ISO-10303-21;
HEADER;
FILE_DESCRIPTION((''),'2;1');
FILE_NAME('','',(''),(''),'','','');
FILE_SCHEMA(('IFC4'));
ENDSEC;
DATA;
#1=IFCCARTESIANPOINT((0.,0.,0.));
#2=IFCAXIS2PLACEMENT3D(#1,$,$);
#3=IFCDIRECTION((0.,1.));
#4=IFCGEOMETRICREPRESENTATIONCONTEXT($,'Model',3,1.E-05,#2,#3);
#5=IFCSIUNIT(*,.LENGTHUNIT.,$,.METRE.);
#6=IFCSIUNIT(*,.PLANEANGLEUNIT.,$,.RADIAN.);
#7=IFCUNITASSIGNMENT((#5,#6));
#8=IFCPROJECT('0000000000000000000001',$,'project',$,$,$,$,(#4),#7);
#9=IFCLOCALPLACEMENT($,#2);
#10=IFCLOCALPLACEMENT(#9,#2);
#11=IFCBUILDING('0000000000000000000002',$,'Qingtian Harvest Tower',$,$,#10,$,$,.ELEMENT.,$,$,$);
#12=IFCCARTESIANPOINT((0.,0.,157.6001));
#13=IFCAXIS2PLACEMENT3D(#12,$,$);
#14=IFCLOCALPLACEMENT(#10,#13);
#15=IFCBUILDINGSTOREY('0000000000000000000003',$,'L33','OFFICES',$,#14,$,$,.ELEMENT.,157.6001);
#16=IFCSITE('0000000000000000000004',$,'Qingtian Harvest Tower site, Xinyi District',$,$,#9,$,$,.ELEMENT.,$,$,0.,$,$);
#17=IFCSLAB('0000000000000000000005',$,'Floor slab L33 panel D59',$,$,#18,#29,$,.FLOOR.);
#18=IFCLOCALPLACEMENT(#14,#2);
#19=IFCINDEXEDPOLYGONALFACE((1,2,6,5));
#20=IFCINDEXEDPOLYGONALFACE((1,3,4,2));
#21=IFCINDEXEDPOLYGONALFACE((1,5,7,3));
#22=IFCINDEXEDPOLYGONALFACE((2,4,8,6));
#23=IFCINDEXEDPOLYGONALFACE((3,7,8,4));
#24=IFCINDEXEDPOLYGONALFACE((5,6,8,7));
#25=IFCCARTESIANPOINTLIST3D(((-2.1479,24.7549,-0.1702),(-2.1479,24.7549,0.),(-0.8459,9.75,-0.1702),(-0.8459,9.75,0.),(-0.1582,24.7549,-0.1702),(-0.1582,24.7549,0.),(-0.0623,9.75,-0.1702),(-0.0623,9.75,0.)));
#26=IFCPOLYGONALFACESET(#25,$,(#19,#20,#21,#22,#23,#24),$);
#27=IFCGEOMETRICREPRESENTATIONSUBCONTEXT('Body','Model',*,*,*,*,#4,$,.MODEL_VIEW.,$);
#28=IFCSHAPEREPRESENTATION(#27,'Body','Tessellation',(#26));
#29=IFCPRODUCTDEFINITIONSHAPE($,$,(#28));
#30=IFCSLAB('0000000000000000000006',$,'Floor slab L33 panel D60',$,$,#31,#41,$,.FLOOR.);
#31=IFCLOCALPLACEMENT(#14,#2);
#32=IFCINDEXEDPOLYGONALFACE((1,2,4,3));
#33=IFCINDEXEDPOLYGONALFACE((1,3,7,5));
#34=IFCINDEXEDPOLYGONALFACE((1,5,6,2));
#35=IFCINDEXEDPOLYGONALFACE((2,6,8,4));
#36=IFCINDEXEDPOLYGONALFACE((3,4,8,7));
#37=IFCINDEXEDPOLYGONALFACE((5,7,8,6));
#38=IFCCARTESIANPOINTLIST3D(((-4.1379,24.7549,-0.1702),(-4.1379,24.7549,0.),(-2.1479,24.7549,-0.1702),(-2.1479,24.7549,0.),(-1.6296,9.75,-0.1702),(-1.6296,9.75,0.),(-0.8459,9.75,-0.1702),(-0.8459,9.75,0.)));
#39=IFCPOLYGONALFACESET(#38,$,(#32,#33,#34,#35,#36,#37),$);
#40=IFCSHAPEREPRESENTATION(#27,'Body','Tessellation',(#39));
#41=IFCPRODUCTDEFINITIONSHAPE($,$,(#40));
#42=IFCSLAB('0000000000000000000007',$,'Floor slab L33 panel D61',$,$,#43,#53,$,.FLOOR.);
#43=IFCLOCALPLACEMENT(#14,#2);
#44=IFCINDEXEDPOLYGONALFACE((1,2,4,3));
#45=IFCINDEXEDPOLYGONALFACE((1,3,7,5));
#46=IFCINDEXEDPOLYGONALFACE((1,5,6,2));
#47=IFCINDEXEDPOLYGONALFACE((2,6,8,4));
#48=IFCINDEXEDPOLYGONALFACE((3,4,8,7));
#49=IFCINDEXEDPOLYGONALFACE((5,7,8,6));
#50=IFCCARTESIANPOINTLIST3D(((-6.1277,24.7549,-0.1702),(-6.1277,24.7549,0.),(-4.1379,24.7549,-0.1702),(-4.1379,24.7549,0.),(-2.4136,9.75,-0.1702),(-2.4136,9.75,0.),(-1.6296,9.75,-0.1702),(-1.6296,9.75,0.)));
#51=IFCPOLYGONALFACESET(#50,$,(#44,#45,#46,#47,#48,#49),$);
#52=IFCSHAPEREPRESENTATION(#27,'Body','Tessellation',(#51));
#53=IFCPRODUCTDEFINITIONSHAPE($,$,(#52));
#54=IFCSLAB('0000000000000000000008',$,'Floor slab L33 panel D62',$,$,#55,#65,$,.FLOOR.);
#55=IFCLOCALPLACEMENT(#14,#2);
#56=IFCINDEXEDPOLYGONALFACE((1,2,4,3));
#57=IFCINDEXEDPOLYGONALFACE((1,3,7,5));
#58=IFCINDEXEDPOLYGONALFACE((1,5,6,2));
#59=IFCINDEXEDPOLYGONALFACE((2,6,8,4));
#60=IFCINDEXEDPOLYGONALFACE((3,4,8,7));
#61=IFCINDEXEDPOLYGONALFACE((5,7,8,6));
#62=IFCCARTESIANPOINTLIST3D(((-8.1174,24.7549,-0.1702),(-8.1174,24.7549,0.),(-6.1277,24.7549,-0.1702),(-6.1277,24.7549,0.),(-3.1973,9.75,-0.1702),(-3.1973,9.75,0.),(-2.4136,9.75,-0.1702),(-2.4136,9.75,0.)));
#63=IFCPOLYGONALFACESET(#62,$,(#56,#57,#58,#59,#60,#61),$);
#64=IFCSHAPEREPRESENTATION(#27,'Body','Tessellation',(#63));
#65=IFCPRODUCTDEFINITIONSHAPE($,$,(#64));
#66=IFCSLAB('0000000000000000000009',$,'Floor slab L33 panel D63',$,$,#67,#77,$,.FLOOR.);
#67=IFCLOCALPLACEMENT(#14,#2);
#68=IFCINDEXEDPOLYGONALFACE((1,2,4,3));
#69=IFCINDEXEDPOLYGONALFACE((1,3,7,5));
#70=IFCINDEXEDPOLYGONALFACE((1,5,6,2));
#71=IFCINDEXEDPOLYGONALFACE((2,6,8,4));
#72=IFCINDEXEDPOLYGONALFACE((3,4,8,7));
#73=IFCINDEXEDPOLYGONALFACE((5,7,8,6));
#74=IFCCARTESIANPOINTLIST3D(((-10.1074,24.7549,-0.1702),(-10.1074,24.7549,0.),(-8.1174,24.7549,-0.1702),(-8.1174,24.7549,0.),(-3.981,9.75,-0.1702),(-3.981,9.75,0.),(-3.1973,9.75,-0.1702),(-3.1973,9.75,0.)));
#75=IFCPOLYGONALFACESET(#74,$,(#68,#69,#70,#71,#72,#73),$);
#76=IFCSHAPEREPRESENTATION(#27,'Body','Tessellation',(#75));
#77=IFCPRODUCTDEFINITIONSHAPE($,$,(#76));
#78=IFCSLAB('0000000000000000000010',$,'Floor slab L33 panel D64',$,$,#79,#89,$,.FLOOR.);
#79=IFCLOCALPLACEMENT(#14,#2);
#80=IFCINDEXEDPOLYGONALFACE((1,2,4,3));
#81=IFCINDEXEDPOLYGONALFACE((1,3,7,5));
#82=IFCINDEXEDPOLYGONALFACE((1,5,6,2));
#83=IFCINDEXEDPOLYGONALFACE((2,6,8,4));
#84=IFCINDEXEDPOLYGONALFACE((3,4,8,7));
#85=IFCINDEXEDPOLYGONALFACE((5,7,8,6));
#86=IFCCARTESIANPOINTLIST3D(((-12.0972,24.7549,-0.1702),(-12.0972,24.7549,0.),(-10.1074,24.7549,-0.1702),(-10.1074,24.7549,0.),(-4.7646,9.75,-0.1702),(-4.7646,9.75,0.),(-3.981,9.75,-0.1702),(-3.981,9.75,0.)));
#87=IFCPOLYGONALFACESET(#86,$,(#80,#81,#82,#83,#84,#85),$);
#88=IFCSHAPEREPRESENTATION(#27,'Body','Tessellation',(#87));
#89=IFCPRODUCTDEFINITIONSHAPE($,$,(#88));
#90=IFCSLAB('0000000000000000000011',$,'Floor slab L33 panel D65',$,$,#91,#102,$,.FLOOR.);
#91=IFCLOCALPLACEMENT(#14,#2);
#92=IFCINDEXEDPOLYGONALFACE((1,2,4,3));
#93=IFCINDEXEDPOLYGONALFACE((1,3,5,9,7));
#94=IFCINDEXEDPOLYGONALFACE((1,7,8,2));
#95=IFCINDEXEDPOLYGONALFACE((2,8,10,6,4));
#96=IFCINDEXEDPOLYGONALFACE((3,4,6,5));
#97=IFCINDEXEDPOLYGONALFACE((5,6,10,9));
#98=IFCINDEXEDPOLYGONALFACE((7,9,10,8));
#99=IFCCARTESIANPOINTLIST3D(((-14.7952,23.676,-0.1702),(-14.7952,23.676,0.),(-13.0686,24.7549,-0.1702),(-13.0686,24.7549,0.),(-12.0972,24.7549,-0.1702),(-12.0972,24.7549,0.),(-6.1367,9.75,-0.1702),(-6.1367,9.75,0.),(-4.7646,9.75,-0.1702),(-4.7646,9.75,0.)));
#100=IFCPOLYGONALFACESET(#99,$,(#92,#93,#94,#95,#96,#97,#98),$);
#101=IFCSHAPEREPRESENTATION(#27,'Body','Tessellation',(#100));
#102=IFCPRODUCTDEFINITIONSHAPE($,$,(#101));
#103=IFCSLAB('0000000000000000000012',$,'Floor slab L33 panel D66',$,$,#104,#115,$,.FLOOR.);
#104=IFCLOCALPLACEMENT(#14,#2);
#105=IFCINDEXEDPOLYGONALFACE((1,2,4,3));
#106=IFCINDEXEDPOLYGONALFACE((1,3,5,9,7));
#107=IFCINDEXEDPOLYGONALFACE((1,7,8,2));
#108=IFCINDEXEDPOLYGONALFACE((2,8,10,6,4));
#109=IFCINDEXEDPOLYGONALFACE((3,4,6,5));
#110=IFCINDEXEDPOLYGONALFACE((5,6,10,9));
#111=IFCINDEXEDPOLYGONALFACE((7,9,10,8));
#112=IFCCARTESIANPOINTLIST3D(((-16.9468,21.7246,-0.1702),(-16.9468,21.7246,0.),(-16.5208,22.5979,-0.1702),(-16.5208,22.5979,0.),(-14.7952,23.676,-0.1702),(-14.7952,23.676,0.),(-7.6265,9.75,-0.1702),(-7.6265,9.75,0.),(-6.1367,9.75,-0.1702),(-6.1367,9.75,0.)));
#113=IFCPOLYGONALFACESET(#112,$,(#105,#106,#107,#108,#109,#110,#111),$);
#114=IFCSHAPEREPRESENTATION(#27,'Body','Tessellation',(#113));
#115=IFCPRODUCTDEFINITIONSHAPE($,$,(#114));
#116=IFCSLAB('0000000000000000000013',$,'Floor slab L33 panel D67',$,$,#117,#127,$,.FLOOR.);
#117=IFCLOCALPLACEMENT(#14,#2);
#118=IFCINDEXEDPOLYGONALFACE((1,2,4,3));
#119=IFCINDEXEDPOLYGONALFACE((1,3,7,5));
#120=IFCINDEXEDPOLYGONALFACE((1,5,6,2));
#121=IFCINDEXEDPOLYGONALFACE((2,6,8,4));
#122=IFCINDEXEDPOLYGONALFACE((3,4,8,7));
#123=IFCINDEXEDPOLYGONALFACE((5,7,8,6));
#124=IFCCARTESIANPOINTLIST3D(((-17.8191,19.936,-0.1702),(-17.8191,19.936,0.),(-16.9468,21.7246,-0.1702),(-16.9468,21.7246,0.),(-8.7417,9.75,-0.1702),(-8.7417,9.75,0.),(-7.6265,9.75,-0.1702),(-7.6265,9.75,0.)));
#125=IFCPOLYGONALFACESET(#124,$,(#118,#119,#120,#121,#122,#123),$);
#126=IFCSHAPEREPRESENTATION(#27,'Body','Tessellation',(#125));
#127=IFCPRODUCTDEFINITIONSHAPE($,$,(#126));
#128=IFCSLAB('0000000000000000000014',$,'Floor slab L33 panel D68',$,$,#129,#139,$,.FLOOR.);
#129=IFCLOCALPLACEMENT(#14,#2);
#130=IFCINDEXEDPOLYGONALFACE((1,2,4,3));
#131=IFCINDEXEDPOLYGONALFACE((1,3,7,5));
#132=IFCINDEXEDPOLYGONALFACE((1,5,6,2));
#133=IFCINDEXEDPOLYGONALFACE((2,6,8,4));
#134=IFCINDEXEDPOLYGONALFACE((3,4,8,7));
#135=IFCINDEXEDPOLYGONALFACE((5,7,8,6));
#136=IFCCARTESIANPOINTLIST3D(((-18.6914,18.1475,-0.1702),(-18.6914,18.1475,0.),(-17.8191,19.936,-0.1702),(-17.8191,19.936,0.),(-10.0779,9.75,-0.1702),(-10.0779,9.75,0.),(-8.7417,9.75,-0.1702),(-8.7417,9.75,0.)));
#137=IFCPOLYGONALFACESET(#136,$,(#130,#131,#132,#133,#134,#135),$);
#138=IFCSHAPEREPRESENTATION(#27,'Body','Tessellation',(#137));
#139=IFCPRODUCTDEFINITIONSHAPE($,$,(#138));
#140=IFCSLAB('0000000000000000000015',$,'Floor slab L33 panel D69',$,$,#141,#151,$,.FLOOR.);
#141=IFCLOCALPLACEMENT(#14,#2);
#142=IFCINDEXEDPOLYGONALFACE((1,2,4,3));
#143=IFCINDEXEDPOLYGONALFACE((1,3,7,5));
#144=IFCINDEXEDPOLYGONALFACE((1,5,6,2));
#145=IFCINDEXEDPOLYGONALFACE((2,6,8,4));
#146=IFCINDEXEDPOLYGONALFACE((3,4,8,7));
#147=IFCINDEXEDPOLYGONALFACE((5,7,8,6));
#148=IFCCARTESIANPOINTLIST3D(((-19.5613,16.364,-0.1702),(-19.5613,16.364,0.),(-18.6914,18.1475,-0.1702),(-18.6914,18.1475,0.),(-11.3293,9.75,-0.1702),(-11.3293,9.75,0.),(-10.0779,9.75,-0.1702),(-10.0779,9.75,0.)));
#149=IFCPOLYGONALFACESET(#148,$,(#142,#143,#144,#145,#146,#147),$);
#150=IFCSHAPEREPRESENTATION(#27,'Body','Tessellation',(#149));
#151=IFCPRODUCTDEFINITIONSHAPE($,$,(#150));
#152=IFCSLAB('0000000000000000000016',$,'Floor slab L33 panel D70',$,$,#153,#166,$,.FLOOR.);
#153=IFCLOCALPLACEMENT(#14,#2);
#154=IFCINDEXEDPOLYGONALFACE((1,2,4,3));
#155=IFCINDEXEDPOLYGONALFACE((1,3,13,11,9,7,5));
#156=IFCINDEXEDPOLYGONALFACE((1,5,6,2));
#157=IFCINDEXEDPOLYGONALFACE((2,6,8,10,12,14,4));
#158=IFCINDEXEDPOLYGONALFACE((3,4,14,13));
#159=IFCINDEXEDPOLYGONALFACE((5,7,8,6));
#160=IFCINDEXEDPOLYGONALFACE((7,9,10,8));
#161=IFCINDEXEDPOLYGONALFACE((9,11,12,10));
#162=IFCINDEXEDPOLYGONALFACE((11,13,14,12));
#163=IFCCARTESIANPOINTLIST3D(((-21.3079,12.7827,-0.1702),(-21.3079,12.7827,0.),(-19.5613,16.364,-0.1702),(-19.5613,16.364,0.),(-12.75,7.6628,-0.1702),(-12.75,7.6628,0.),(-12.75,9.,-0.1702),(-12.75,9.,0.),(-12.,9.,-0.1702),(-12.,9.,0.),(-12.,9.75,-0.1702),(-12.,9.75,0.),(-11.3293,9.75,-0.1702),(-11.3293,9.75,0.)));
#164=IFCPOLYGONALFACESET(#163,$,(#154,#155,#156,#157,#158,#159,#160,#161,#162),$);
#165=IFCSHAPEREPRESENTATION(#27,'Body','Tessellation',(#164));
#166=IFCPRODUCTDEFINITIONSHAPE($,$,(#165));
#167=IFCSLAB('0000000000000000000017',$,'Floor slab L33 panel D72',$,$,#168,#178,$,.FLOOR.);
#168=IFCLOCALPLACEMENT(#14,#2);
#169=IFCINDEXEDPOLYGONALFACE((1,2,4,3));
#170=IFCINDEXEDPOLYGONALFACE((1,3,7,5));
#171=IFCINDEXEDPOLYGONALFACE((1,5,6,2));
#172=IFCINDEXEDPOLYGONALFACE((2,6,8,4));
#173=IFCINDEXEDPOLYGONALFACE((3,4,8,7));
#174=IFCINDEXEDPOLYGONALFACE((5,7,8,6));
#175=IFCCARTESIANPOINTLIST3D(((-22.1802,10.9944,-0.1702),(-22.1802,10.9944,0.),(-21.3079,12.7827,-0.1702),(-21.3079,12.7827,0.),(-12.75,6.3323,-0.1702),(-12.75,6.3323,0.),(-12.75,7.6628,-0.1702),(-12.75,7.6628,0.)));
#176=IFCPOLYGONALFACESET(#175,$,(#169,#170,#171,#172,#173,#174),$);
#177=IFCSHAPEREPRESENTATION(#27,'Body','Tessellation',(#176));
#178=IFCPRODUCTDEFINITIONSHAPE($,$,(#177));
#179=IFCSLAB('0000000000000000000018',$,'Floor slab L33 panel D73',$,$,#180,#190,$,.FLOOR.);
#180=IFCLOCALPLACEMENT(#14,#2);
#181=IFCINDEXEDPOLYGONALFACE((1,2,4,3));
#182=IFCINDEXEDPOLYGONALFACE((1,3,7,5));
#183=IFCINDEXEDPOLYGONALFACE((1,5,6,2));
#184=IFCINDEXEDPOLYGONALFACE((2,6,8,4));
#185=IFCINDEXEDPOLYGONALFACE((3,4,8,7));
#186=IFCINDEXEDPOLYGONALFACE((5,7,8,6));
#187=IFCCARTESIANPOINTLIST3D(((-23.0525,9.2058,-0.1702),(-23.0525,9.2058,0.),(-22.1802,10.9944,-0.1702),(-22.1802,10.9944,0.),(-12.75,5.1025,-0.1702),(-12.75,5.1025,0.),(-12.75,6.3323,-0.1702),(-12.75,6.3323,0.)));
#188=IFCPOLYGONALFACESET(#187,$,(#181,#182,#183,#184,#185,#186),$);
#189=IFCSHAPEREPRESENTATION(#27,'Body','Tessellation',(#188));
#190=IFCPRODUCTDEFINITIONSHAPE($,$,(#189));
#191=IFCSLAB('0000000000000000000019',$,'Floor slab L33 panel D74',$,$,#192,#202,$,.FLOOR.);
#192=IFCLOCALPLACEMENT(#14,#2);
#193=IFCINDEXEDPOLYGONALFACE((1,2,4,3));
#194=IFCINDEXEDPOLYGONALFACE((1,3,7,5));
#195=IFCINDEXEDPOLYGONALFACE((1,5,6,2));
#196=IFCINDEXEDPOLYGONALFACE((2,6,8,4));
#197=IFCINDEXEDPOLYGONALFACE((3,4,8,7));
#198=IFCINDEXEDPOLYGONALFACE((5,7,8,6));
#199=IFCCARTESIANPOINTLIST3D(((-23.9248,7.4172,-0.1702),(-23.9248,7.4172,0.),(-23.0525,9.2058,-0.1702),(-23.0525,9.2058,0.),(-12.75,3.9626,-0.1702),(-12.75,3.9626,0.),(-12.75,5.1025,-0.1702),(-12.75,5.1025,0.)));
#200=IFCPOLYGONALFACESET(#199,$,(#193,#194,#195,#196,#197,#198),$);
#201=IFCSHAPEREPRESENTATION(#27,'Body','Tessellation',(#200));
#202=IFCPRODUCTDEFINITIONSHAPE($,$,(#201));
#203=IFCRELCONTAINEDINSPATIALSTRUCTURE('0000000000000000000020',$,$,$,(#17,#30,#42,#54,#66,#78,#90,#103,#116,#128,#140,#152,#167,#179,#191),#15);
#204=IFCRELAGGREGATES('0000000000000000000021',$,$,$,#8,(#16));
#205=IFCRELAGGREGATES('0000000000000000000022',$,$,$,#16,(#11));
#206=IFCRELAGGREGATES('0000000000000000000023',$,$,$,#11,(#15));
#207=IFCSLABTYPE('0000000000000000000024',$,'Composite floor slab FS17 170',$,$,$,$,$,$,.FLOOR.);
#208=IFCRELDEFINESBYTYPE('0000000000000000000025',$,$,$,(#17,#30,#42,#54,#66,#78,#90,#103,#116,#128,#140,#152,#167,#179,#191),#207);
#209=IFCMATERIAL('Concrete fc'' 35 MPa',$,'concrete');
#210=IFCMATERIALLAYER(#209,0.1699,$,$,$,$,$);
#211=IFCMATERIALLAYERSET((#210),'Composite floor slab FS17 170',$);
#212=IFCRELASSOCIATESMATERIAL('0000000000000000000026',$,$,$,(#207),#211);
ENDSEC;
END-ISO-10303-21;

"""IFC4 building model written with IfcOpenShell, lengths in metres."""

from ifc_helpers import new_model, si_unit, direction, frame, origin, place, context, subcontext, project, spatial, polyline, outline, extrude, material, layer, layer_set, type_object, element, save


model = new_model("IFC4")

# Units and contexts
model_context = context("Model", 3, precision=1e-05, world=origin(), true_north=direction((0.0, 1.0)))
body_context = subcontext(model_context, "Body", "Model", "MODEL_VIEW")
ifc_project = project(units=[si_unit("LENGTHUNIT", "METRE"), si_unit("PLANEANGLEUNIT", "RADIAN")], contexts=[model_context])

# Site, building, storey
site_placement = place(None, origin())
site = spatial("IfcSite", under=ifc_project, at=site_placement, Name="Qingtian Harvest Tower site, Xinyi District", CompositionType="ELEMENT", RefElevation=0.0)
building_placement = place(site_placement, origin())
building = spatial("IfcBuilding", under=site, at=building_placement, Name="Qingtian Harvest Tower", CompositionType="ELEMENT")
storey_placement = place(building_placement, frame((0.0, 0.0, 157.6001)))
storey = spatial("IfcBuildingStorey", under=building, at=storey_placement, Name="L33", Description="OFFICES", CompositionType="ELEMENT", Elevation=157.6001)

# Slabs
ifc_material_1 = material(Name="Concrete fc' 35 MPa", Category="concrete")
ifc_layer_1 = layer(ifc_material_1, 0.1699)
ifc_layer_set_1 = layer_set([ifc_layer_1], Name="Composite floor slab FS17 170")
slab_type = type_object("IfcSlabType", Name="Composite floor slab FS17 170", PredefinedType="FLOOR", material=ifc_layer_set_1)
slab_1_placement = place(storey_placement, frame((0.0, 0.0, -0.1702)))
element("IfcSlab", 1, at=slab_1_placement, inside=storey, type_object=slab_type, Name="Floor slab L33 panel D59", PredefinedType="FLOOR", context=body_context, shape_type="SweptSolid", body=[
    extrude(outline(polyline([(-0.8459, 9.75), (-2.1479, 24.7549), (-0.1582, 24.7549), (-0.0623, 9.75), (-0.8459, 9.75)])), origin(), (0.0, 0.0, 1.0), 0.1702),
])
slab_2_placement = place(storey_placement, frame((0.0, 0.0, -0.1702)))
element("IfcSlab", 2, at=slab_2_placement, inside=storey, type_object=slab_type, Name="Floor slab L33 panel D60", PredefinedType="FLOOR", context=body_context, shape_type="SweptSolid", body=[
    extrude(outline(polyline([(-1.6296, 9.75), (-4.1379, 24.7549), (-2.1479, 24.7549), (-0.8459, 9.75), (-1.6296, 9.75)])), origin(), (0.0, 0.0, 1.0), 0.1702),
])
slab_3_placement = place(storey_placement, frame((0.0, 0.0, -0.1702)))
element("IfcSlab", 3, at=slab_3_placement, inside=storey, type_object=slab_type, Name="Floor slab L33 panel D61", PredefinedType="FLOOR", context=body_context, shape_type="SweptSolid", body=[
    extrude(outline(polyline([(-2.4136, 9.75), (-6.1277, 24.7549), (-4.1379, 24.7549), (-1.6296, 9.75), (-2.4136, 9.75)])), origin(), (0.0, 0.0, 1.0), 0.1702),
])
slab_4_placement = place(storey_placement, frame((0.0, 0.0, -0.1702)))
element("IfcSlab", 4, at=slab_4_placement, inside=storey, type_object=slab_type, Name="Floor slab L33 panel D62", PredefinedType="FLOOR", context=body_context, shape_type="SweptSolid", body=[
    extrude(outline(polyline([(-3.1973, 9.75), (-8.1174, 24.7549), (-6.1277, 24.7549), (-2.4136, 9.75), (-3.1973, 9.75)])), origin(), (0.0, 0.0, 1.0), 0.1702),
])
slab_5_placement = place(storey_placement, frame((0.0, 0.0, -0.1702)))
element("IfcSlab", 5, at=slab_5_placement, inside=storey, type_object=slab_type, Name="Floor slab L33 panel D63", PredefinedType="FLOOR", context=body_context, shape_type="SweptSolid", body=[
    extrude(outline(polyline([(-3.981, 9.75), (-10.1074, 24.7549), (-8.1174, 24.7549), (-3.1973, 9.75), (-3.981, 9.75)])), origin(), (0.0, 0.0, 1.0), 0.1702),
])
slab_6_placement = place(storey_placement, frame((0.0, 0.0, -0.1702)))
element("IfcSlab", 6, at=slab_6_placement, inside=storey, type_object=slab_type, Name="Floor slab L33 panel D64", PredefinedType="FLOOR", context=body_context, shape_type="SweptSolid", body=[
    extrude(outline(polyline([(-4.7646, 9.75), (-12.0972, 24.7549), (-10.1074, 24.7549), (-3.981, 9.75), (-4.7646, 9.75)])), origin(), (0.0, 0.0, 1.0), 0.1702),
])
slab_7_placement = place(storey_placement, frame((0.0, 0.0, -0.1702)))
element("IfcSlab", 7, at=slab_7_placement, inside=storey, type_object=slab_type, Name="Floor slab L33 panel D65", PredefinedType="FLOOR", context=body_context, shape_type="SweptSolid", body=[
    extrude(outline(polyline([(-4.7646, 9.75), (-6.1367, 9.75), (-14.7952, 23.676), (-13.0686, 24.7549), (-12.0972, 24.7549), (-4.7646, 9.75)])), origin(), (0.0, 0.0, 1.0), 0.1702),
])
slab_8_placement = place(storey_placement, frame((0.0, 0.0, -0.1702)))
element("IfcSlab", 8, at=slab_8_placement, inside=storey, type_object=slab_type, Name="Floor slab L33 panel D66", PredefinedType="FLOOR", context=body_context, shape_type="SweptSolid", body=[
    extrude(outline(polyline([(-6.1367, 9.75), (-7.6265, 9.75), (-16.9468, 21.7246), (-16.5208, 22.5979), (-14.7952, 23.676), (-6.1367, 9.75)])), origin(), (0.0, 0.0, 1.0), 0.1702),
])
slab_9_placement = place(storey_placement, frame((0.0, 0.0, -0.1702)))
element("IfcSlab", 9, at=slab_9_placement, inside=storey, type_object=slab_type, Name="Floor slab L33 panel D67", PredefinedType="FLOOR", context=body_context, shape_type="SweptSolid", body=[
    extrude(outline(polyline([(-8.7417, 9.75), (-17.8191, 19.936), (-16.9468, 21.7246), (-7.6265, 9.75), (-8.7417, 9.75)])), origin(), (0.0, 0.0, 1.0), 0.1702),
])
slab_10_placement = place(storey_placement, frame((0.0, 0.0, -0.1702)))
element("IfcSlab", 10, at=slab_10_placement, inside=storey, type_object=slab_type, Name="Floor slab L33 panel D68", PredefinedType="FLOOR", context=body_context, shape_type="SweptSolid", body=[
    extrude(outline(polyline([(-10.0779, 9.75), (-18.6914, 18.1475), (-17.8191, 19.936), (-8.7417, 9.75), (-10.0779, 9.75)])), origin(), (0.0, 0.0, 1.0), 0.1702),
])
slab_11_placement = place(storey_placement, frame((0.0, 0.0, -0.1702)))
element("IfcSlab", 11, at=slab_11_placement, inside=storey, type_object=slab_type, Name="Floor slab L33 panel D69", PredefinedType="FLOOR", context=body_context, shape_type="SweptSolid", body=[
    extrude(outline(polyline([(-11.3293, 9.75), (-19.5613, 16.364), (-18.6914, 18.1475), (-10.0779, 9.75), (-11.3293, 9.75)])), origin(), (0.0, 0.0, 1.0), 0.1702),
])
slab_12_placement = place(storey_placement, frame((0.0, 0.0, -0.1702)))
element("IfcSlab", 12, at=slab_12_placement, inside=storey, type_object=slab_type, Name="Floor slab L33 panel D70", PredefinedType="FLOOR", context=body_context, shape_type="SweptSolid", body=[
    extrude(outline(polyline([(-12.0, 9.0), (-12.75, 9.0), (-12.75, 7.6628), (-21.3079, 12.7827), (-19.5613, 16.364), (-11.3293, 9.75), (-12.0, 9.75), (-12.0, 9.0)])), origin(), (0.0, 0.0, 1.0), 0.1702),
])
slab_13_placement = place(storey_placement, frame((0.0, 0.0, -0.1702)))
element("IfcSlab", 13, at=slab_13_placement, inside=storey, type_object=slab_type, Name="Floor slab L33 panel D72", PredefinedType="FLOOR", context=body_context, shape_type="SweptSolid", body=[
    extrude(outline(polyline([(-12.75, 6.3323), (-22.1802, 10.9944), (-21.3079, 12.7827), (-12.75, 7.6628), (-12.75, 6.3323)])), origin(), (0.0, 0.0, 1.0), 0.1702),
])
slab_14_placement = place(storey_placement, frame((0.0, 0.0, -0.1702)))
element("IfcSlab", 14, at=slab_14_placement, inside=storey, type_object=slab_type, Name="Floor slab L33 panel D73", PredefinedType="FLOOR", context=body_context, shape_type="SweptSolid", body=[
    extrude(outline(polyline([(-12.75, 5.1025), (-23.0525, 9.2058), (-22.1802, 10.9944), (-12.75, 6.3323), (-12.75, 5.1025)])), origin(), (0.0, 0.0, 1.0), 0.1702),
])
slab_15_placement = place(storey_placement, frame((0.0, 0.0, -0.1702)))
element("IfcSlab", 15, at=slab_15_placement, inside=storey, type_object=slab_type, Name="Floor slab L33 panel D74", PredefinedType="FLOOR", context=body_context, shape_type="SweptSolid", body=[
    extrude(outline(polyline([(-12.75, 3.9626), (-23.9248, 7.4172), (-23.0525, 9.2058), (-12.75, 5.1025), (-12.75, 3.9626)])), origin(), (0.0, 0.0, 1.0), 0.1702),
])

save(model, "model.ifc")
